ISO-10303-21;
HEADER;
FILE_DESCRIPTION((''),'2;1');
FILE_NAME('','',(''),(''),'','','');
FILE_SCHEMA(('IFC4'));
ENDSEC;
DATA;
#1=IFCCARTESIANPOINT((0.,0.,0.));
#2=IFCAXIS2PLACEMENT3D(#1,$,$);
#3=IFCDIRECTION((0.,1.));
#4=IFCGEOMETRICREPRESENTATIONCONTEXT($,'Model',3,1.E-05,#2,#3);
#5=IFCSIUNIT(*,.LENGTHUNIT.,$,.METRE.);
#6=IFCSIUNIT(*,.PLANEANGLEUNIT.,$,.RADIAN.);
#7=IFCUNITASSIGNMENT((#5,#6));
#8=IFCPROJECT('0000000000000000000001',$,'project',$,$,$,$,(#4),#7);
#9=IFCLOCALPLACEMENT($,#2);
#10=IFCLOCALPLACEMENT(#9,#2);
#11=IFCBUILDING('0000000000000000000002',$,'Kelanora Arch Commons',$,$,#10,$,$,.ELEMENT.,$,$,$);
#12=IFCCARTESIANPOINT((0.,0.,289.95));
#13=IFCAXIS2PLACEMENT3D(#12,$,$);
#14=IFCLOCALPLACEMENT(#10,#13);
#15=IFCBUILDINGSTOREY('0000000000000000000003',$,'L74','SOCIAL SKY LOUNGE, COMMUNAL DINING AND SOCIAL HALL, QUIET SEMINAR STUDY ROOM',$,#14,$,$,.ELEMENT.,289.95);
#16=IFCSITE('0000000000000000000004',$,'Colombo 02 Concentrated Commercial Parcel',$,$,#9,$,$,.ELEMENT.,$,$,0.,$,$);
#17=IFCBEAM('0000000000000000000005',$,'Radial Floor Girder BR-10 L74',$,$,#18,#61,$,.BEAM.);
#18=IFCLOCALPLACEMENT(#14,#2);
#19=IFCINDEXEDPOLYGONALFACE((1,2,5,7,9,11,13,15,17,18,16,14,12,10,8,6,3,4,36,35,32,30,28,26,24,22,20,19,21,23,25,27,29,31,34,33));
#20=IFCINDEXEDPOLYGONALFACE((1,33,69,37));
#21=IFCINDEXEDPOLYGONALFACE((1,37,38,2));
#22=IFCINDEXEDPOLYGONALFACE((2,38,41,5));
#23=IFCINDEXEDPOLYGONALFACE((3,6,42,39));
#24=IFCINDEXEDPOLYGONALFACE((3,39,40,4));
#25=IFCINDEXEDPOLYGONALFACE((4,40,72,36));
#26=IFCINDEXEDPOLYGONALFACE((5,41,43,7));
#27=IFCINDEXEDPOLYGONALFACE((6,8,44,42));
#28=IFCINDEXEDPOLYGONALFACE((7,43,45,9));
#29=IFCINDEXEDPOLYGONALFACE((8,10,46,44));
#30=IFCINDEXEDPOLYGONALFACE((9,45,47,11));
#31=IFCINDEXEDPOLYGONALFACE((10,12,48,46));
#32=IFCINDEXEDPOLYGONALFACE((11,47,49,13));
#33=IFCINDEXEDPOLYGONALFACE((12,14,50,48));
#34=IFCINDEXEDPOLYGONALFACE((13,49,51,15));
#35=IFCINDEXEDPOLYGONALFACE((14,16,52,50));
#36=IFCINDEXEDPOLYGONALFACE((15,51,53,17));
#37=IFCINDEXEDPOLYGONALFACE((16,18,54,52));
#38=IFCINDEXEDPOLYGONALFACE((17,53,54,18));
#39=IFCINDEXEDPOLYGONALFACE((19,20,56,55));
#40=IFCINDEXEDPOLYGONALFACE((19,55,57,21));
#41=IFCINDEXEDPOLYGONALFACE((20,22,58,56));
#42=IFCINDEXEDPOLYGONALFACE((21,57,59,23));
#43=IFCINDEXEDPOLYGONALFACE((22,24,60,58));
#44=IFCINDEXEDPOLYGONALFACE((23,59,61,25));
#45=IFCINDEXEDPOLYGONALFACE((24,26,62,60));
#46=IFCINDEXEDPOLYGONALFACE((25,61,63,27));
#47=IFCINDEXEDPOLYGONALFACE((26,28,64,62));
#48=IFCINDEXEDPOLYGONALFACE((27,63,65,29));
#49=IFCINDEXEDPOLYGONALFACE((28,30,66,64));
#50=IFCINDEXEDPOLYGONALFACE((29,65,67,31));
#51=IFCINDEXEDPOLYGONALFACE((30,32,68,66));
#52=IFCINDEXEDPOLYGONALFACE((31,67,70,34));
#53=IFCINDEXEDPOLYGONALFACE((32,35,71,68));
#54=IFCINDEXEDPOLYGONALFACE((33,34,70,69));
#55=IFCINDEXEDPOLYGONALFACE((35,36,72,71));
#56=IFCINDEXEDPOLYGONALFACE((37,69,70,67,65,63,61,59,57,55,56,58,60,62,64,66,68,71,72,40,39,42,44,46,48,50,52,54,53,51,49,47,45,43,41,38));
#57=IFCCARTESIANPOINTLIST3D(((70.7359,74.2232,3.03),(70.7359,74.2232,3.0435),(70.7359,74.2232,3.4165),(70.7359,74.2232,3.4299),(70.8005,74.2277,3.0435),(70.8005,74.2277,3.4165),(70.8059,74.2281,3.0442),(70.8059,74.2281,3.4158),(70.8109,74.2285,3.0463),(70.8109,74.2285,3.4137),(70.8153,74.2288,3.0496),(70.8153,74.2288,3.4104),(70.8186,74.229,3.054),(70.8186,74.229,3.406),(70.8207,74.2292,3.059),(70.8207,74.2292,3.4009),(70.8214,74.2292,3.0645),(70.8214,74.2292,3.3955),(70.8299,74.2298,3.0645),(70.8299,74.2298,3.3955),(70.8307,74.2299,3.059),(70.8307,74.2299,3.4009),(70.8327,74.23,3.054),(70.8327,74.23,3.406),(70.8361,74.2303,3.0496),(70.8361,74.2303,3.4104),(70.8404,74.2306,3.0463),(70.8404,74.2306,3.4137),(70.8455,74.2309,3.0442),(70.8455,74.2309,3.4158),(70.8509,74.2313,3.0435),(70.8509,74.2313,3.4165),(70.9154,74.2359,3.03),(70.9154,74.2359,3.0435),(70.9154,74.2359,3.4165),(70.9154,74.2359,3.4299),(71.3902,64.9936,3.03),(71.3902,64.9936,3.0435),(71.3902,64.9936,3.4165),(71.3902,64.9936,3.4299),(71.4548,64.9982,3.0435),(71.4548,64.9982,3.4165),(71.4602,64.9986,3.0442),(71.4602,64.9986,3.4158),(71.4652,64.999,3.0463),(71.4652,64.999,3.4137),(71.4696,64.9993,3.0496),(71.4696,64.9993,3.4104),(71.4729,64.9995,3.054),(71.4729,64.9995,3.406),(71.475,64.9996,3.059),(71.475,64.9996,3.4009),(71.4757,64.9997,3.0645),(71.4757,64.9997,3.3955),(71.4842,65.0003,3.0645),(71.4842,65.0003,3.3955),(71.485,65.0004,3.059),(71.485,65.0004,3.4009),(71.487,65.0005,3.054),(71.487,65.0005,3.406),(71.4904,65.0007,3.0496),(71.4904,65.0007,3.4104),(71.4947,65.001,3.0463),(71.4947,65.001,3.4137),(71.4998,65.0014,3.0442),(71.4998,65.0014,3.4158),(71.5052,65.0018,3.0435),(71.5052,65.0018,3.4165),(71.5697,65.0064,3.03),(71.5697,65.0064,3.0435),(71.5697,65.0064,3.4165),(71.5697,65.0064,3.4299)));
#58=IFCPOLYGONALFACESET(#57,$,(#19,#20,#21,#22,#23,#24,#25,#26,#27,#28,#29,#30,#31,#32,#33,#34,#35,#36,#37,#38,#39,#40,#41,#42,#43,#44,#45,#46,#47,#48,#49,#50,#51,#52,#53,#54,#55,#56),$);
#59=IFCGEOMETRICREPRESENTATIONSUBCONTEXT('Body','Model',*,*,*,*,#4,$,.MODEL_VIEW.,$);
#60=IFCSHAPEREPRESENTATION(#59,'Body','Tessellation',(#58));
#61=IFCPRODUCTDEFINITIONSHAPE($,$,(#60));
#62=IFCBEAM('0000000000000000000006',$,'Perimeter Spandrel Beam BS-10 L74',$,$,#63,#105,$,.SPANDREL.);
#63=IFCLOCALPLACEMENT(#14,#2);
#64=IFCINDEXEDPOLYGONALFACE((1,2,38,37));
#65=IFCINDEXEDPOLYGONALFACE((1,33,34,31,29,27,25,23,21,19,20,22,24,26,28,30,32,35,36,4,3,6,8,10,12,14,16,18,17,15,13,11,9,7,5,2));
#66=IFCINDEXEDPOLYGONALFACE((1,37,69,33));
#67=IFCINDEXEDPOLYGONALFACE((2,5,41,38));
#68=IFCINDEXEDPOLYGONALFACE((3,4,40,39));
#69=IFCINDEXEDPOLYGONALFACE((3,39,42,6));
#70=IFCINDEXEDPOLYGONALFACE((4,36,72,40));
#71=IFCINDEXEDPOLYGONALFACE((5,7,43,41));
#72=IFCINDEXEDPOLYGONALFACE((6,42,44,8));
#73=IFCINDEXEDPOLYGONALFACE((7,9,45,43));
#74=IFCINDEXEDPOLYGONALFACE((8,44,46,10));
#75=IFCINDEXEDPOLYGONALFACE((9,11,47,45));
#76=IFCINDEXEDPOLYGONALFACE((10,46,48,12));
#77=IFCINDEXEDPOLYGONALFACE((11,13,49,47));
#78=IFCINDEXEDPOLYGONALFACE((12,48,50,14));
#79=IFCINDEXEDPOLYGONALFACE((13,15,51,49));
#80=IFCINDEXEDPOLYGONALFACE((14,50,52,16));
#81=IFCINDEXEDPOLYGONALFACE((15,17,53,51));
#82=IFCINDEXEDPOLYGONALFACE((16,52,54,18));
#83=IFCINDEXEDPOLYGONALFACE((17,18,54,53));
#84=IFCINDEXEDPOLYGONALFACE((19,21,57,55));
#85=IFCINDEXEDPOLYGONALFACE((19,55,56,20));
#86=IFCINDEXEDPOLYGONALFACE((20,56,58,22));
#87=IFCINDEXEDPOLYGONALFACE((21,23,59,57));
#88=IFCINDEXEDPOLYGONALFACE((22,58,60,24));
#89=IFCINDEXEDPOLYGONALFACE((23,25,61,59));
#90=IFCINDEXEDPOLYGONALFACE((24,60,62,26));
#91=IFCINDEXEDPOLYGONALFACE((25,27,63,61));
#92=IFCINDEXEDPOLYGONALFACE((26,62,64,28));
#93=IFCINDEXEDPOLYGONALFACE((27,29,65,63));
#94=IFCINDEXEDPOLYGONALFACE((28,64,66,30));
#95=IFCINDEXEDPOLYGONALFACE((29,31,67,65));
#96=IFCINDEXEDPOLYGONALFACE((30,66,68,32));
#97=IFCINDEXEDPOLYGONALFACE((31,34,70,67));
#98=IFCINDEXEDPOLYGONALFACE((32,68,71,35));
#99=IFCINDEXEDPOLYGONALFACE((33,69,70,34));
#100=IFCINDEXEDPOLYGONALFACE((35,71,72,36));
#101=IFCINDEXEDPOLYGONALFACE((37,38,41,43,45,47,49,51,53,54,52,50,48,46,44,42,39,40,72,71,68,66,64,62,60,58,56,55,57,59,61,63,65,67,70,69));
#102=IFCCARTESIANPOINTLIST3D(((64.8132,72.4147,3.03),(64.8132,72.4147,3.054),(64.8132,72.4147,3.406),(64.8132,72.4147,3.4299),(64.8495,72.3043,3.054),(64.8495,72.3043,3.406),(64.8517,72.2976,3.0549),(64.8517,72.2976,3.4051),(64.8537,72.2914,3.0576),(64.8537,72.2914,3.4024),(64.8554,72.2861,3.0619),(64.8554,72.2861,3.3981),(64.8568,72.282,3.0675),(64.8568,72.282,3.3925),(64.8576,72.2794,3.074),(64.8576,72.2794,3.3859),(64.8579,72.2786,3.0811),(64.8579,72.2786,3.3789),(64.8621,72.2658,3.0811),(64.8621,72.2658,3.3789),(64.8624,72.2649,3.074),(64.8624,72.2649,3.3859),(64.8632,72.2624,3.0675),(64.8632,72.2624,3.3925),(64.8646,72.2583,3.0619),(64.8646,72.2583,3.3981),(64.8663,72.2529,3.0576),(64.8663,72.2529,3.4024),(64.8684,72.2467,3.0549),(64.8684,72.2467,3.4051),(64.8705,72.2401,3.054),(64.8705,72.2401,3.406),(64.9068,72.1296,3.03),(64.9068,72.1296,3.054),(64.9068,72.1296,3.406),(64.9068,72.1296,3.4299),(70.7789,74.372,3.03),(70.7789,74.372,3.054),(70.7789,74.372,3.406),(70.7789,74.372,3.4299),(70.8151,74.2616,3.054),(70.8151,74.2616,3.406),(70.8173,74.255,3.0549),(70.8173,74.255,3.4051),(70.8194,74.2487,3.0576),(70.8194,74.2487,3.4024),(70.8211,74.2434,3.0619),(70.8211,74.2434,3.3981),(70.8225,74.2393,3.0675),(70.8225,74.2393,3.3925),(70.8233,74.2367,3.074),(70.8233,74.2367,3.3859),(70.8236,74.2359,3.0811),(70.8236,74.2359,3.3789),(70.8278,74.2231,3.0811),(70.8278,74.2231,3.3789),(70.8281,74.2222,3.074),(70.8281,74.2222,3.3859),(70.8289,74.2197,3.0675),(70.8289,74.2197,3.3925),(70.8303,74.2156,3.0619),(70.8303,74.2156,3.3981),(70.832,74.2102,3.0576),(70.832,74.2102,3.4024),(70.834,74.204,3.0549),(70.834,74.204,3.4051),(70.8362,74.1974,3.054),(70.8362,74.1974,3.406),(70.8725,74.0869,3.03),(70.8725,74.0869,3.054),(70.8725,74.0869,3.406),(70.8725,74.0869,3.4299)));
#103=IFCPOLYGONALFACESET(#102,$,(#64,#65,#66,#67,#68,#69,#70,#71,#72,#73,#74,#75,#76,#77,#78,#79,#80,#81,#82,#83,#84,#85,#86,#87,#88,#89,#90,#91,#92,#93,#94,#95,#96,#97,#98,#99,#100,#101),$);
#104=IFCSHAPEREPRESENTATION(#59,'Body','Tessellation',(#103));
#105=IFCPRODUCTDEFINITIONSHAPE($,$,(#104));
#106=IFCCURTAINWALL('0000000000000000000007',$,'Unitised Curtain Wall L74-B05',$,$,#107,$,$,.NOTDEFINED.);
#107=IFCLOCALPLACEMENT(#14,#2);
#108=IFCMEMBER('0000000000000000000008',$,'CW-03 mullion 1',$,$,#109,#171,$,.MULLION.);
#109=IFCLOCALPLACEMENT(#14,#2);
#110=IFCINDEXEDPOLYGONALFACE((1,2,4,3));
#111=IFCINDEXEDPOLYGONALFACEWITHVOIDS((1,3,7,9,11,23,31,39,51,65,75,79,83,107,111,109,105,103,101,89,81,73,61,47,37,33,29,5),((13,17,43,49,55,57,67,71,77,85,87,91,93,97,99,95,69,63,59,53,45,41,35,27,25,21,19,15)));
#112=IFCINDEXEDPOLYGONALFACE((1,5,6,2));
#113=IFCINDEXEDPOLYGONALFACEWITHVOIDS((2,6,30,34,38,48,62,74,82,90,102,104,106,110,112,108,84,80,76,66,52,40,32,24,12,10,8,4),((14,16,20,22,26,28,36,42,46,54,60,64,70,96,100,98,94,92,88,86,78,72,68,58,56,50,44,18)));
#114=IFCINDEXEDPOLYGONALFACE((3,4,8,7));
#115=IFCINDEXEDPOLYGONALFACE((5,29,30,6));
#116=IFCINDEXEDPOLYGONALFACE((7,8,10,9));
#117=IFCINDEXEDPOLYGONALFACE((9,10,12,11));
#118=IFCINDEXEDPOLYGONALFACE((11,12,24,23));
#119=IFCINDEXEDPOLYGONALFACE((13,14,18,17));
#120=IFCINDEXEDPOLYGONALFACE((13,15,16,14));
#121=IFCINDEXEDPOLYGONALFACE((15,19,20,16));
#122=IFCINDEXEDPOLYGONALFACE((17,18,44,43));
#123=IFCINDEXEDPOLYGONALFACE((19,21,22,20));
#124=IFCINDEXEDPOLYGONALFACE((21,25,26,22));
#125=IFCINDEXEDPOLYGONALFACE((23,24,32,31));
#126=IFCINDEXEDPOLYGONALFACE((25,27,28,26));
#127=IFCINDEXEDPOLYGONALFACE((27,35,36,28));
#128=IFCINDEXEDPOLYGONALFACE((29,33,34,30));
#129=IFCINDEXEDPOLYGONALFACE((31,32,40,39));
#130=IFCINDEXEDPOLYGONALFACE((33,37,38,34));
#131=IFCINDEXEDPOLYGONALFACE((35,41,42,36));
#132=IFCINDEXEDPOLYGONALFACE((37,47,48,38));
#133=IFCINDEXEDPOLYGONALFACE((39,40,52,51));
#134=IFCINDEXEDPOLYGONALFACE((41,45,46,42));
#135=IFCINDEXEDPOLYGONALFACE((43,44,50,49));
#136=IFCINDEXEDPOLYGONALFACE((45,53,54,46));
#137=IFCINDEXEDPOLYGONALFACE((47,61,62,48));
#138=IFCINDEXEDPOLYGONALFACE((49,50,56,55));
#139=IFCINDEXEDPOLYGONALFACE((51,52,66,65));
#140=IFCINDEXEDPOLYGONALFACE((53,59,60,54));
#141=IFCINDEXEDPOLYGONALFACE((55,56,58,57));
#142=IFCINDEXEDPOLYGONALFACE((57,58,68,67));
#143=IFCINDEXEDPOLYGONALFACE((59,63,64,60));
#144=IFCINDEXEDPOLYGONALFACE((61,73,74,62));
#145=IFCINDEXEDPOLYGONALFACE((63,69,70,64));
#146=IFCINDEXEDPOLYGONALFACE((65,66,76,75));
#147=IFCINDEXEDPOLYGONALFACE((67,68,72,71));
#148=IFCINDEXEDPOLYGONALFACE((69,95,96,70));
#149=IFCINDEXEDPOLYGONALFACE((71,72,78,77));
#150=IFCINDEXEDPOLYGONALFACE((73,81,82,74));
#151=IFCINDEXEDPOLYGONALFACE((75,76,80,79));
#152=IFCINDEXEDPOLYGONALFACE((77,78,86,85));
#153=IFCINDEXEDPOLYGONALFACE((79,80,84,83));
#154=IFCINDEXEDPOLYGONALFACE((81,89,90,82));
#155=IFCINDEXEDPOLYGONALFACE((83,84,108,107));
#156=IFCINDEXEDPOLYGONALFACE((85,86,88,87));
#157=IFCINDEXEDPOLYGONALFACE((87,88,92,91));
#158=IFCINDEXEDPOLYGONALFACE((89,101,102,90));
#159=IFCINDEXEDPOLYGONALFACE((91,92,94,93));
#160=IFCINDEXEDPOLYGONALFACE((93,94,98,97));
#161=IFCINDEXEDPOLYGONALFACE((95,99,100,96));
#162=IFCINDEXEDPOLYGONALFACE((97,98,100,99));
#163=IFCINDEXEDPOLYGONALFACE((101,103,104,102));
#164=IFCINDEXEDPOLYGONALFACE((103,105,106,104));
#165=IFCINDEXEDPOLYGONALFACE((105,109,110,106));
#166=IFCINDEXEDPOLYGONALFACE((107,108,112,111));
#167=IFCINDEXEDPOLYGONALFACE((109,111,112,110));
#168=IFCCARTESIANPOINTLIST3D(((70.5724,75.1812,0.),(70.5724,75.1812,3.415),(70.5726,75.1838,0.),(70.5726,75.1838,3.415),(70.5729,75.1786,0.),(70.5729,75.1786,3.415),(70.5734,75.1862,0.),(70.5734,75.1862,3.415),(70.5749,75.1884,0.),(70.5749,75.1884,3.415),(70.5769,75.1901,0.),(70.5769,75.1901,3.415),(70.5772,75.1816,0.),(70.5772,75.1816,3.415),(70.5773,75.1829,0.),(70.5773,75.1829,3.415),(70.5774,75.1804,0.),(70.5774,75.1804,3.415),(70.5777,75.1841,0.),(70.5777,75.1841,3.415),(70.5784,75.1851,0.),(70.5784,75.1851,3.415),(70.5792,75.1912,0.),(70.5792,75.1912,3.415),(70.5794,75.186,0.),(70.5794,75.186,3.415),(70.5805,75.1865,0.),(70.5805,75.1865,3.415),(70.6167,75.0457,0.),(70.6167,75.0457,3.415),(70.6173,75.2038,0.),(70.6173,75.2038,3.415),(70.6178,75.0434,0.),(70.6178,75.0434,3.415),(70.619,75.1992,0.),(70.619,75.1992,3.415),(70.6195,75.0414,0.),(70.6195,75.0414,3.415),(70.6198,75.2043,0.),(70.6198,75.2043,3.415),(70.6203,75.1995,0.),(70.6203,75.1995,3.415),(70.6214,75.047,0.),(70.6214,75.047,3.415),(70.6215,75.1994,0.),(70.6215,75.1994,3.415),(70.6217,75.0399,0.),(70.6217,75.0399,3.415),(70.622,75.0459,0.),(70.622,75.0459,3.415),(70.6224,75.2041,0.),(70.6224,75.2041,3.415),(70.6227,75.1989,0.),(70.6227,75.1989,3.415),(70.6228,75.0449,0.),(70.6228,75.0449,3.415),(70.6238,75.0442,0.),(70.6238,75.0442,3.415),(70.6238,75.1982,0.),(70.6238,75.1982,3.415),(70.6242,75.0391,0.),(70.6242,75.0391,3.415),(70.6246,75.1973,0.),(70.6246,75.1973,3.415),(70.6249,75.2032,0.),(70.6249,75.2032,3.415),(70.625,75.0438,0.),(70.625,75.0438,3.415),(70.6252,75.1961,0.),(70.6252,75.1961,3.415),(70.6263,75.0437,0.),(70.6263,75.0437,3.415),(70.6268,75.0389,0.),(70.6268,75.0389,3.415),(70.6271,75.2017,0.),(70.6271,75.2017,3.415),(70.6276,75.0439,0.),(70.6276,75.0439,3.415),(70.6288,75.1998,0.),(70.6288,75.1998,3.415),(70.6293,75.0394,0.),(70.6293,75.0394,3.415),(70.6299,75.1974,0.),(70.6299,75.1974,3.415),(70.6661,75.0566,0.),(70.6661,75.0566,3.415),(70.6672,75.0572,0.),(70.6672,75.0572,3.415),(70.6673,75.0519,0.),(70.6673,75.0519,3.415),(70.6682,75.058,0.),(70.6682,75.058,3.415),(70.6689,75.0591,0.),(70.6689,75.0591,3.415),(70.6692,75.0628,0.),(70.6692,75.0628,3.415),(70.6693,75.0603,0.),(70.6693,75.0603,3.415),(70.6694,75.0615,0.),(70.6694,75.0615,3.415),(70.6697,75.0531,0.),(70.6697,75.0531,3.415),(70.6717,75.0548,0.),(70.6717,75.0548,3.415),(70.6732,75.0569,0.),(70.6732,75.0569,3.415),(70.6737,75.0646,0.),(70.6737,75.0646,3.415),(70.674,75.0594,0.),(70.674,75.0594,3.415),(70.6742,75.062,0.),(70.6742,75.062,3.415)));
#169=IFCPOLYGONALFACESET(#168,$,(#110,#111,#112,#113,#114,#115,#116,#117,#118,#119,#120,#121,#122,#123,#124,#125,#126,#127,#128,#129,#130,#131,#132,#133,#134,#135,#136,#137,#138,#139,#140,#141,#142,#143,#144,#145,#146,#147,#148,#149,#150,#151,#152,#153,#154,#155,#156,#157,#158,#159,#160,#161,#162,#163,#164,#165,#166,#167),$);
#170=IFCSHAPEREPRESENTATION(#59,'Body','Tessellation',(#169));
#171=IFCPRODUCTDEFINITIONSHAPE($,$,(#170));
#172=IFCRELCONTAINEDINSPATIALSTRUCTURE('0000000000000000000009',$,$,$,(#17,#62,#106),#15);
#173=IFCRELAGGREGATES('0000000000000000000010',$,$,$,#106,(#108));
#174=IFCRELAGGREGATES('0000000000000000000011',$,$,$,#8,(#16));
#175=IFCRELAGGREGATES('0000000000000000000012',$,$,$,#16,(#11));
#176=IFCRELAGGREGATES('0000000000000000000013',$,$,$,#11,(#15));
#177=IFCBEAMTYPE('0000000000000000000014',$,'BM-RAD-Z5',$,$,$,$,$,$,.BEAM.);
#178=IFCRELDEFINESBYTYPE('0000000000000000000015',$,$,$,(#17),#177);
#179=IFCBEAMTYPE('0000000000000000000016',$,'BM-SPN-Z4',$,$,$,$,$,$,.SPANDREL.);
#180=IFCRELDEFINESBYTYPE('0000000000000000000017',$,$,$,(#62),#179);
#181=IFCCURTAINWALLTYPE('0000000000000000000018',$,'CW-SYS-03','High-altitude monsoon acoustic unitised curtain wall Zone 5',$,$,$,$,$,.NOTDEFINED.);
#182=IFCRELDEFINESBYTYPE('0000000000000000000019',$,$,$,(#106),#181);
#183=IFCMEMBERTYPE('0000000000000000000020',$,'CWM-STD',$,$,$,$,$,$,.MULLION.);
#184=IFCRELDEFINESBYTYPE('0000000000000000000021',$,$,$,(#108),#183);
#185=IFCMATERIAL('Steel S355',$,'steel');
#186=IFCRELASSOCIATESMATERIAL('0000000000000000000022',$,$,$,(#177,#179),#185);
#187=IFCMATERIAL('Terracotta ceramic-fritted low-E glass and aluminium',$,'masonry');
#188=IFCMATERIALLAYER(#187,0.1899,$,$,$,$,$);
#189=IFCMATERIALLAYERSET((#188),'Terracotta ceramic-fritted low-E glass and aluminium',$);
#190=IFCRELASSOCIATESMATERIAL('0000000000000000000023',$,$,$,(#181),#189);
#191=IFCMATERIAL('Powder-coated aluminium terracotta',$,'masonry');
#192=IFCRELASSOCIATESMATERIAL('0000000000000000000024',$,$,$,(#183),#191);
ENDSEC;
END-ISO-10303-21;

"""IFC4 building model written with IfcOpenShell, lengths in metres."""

from ifc_helpers import new_model, si_unit, direction, frame, origin, origin_2d, place, context, subcontext, project, spatial, hollow_rectangle, i_section, extrude, material, layer, layer_set, material_profile, profile_set, type_object, element, aggregate, save


model = new_model("IFC4")

# Units and contexts
model_context = context("Model", 3, precision=1e-05, world=origin(), true_north=direction((0.0, 1.0)))
body_context = subcontext(model_context, "Body", "Model", "MODEL_VIEW")
ifc_project = project(units=[si_unit("LENGTHUNIT", "METRE"), si_unit("PLANEANGLEUNIT", "RADIAN")], contexts=[model_context])

# Site, building, storey
site_placement = place(None, origin())
site = spatial("IfcSite", under=ifc_project, at=site_placement, Name="Colombo 02 Concentrated Commercial Parcel", CompositionType="ELEMENT", RefElevation=0.0)
building_placement = place(site_placement, origin())
building = spatial("IfcBuilding", under=site, at=building_placement, Name="Kelanora Arch Commons", CompositionType="ELEMENT")
storey_placement = place(building_placement, frame((0.0, 0.0, 289.95)))
storey = spatial("IfcBuildingStorey", under=building, at=storey_placement, Name="L74", Description="SOCIAL SKY LOUNGE, COMMUNAL DINING AND SOCIAL HALL, QUIET SEMINAR STUDY ROOM", CompositionType="ELEMENT", Elevation=289.95)

# Beams
ifc_material_1 = material(Name="Steel S355", Category="steel")
ifc_material_profile_1 = material_profile(ifc_material_1, i_section(OverallWidth=0.1799, OverallDepth=0.3999, WebThickness=0.0085, FlangeThickness=0.0134, FilletRadius=0.021, at=origin_2d()), Name="IPE400")
ifc_profile_set_1 = profile_set([ifc_material_profile_1], Name="Steel S355")
beam_type_1 = type_object("IfcBeamType", Name="BM-RAD-Z5", PredefinedType="BEAM", material=ifc_profile_set_1)
beam_1_placement = place(storey_placement, frame((71.48, 65.0, 3.23), z_axis=(-0.070714, 0.997497, 0.0), x_axis=(-0.997497, -0.070714, 0.0)))
element("IfcBeam", 1, at=beam_1_placement, inside=storey, type_object=beam_type_1, Name="Radial Floor Girder BR-10 L74", PredefinedType="BEAM", context=body_context, shape_type="SweptSolid", body=[
    extrude(i_section(OverallWidth=0.1799, OverallDepth=0.3999, WebThickness=0.0085, FlangeThickness=0.0134, FilletRadius=0.021, at=origin_2d()), origin(), (0.0, 0.0, 1.0), 9.2527),
])
ifc_material_profile_2 = material_profile(ifc_material_1, i_section(OverallWidth=0.3, OverallDepth=0.3999, WebThickness=0.0134, FlangeThickness=0.0239, FilletRadius=0.0271, at=origin_2d()), Name="HEB400")
ifc_profile_set_2 = profile_set([ifc_material_profile_2], Name="Steel S355")
beam_type_2 = type_object("IfcBeamType", Name="BM-SPN-Z4", PredefinedType="SPANDREL", material=ifc_profile_set_2)
beam_2_placement = place(storey_placement, frame((70.8257, 74.2295, 3.23), z_axis=(-0.950166, -0.311745, 0.0), x_axis=(0.311745, -0.950166, 0.0)))
element("IfcBeam", 2, at=beam_2_placement, inside=storey, type_object=beam_type_2, Name="Perimeter Spandrel Beam BS-10 L74", PredefinedType="SPANDREL", context=body_context, shape_type="SweptSolid", body=[
    extrude(i_section(OverallWidth=0.3, OverallDepth=0.3999, WebThickness=0.0134, FlangeThickness=0.0239, FilletRadius=0.0271, at=origin_2d()), origin(), (0.0, 0.0, 1.0), 6.2786),
])

# Curtain wall, member
ifc_material_2 = material(Name="Terracotta ceramic-fritted low-E glass and aluminium", Category="masonry")
ifc_layer_1 = layer(ifc_material_2, 0.1899)
ifc_layer_set_1 = layer_set([ifc_layer_1], Name="Terracotta ceramic-fritted low-E glass and aluminium")
curtain_wall_type = type_object("IfcCurtainWallType", Name="CW-SYS-03", Description="High-altitude monsoon acoustic unitised curtain wall Zone 5", PredefinedType="NOTDEFINED", material=ifc_layer_set_1)
curtain_wall_placement = place(storey_placement, origin())
curtain_wall = element("IfcCurtainWall", 3, at=curtain_wall_placement, inside=storey, type_object=curtain_wall_type, Name="Unitised Curtain Wall L74-B05", PredefinedType="NOTDEFINED")
ifc_material_3 = material(Name="Powder-coated aluminium terracotta", Category="masonry")
ifc_material_profile_3 = material_profile(ifc_material_3, hollow_rectangle(XDim=0.1599, YDim=0.0601, WallThickness=0.0049, InnerFilletRadius=0.0049, OuterFilletRadius=0.01, at=origin_2d()), Name="CWM160x60")
ifc_profile_set_3 = profile_set([ifc_material_profile_3], Name="Powder-coated aluminium terracotta")
member_type_1 = type_object("IfcMemberType", Name="CWM-STD", PredefinedType="MULLION", material=ifc_profile_set_3)
member_1_placement = place(storey_placement, frame((70.6233, 75.1216, 0.0), z_axis=(0.0, 0.0, 1.0), x_axis=(0.313253, -0.94967, 0.0)))
member_1 = element("IfcMember", 4, at=member_1_placement, type_object=member_type_1, Name="CW-03 mullion 1", PredefinedType="MULLION", context=body_context, shape_type="SweptSolid", body=[
    extrude(hollow_rectangle(XDim=0.1599, YDim=0.0601, WallThickness=0.0049, InnerFilletRadius=0.0049, OuterFilletRadius=0.01, at=origin_2d()), origin(), (0.0, 0.0, 1.0), 3.415),
])
aggregate(curtain_wall, [member_1])

save(model, "model.ifc")
